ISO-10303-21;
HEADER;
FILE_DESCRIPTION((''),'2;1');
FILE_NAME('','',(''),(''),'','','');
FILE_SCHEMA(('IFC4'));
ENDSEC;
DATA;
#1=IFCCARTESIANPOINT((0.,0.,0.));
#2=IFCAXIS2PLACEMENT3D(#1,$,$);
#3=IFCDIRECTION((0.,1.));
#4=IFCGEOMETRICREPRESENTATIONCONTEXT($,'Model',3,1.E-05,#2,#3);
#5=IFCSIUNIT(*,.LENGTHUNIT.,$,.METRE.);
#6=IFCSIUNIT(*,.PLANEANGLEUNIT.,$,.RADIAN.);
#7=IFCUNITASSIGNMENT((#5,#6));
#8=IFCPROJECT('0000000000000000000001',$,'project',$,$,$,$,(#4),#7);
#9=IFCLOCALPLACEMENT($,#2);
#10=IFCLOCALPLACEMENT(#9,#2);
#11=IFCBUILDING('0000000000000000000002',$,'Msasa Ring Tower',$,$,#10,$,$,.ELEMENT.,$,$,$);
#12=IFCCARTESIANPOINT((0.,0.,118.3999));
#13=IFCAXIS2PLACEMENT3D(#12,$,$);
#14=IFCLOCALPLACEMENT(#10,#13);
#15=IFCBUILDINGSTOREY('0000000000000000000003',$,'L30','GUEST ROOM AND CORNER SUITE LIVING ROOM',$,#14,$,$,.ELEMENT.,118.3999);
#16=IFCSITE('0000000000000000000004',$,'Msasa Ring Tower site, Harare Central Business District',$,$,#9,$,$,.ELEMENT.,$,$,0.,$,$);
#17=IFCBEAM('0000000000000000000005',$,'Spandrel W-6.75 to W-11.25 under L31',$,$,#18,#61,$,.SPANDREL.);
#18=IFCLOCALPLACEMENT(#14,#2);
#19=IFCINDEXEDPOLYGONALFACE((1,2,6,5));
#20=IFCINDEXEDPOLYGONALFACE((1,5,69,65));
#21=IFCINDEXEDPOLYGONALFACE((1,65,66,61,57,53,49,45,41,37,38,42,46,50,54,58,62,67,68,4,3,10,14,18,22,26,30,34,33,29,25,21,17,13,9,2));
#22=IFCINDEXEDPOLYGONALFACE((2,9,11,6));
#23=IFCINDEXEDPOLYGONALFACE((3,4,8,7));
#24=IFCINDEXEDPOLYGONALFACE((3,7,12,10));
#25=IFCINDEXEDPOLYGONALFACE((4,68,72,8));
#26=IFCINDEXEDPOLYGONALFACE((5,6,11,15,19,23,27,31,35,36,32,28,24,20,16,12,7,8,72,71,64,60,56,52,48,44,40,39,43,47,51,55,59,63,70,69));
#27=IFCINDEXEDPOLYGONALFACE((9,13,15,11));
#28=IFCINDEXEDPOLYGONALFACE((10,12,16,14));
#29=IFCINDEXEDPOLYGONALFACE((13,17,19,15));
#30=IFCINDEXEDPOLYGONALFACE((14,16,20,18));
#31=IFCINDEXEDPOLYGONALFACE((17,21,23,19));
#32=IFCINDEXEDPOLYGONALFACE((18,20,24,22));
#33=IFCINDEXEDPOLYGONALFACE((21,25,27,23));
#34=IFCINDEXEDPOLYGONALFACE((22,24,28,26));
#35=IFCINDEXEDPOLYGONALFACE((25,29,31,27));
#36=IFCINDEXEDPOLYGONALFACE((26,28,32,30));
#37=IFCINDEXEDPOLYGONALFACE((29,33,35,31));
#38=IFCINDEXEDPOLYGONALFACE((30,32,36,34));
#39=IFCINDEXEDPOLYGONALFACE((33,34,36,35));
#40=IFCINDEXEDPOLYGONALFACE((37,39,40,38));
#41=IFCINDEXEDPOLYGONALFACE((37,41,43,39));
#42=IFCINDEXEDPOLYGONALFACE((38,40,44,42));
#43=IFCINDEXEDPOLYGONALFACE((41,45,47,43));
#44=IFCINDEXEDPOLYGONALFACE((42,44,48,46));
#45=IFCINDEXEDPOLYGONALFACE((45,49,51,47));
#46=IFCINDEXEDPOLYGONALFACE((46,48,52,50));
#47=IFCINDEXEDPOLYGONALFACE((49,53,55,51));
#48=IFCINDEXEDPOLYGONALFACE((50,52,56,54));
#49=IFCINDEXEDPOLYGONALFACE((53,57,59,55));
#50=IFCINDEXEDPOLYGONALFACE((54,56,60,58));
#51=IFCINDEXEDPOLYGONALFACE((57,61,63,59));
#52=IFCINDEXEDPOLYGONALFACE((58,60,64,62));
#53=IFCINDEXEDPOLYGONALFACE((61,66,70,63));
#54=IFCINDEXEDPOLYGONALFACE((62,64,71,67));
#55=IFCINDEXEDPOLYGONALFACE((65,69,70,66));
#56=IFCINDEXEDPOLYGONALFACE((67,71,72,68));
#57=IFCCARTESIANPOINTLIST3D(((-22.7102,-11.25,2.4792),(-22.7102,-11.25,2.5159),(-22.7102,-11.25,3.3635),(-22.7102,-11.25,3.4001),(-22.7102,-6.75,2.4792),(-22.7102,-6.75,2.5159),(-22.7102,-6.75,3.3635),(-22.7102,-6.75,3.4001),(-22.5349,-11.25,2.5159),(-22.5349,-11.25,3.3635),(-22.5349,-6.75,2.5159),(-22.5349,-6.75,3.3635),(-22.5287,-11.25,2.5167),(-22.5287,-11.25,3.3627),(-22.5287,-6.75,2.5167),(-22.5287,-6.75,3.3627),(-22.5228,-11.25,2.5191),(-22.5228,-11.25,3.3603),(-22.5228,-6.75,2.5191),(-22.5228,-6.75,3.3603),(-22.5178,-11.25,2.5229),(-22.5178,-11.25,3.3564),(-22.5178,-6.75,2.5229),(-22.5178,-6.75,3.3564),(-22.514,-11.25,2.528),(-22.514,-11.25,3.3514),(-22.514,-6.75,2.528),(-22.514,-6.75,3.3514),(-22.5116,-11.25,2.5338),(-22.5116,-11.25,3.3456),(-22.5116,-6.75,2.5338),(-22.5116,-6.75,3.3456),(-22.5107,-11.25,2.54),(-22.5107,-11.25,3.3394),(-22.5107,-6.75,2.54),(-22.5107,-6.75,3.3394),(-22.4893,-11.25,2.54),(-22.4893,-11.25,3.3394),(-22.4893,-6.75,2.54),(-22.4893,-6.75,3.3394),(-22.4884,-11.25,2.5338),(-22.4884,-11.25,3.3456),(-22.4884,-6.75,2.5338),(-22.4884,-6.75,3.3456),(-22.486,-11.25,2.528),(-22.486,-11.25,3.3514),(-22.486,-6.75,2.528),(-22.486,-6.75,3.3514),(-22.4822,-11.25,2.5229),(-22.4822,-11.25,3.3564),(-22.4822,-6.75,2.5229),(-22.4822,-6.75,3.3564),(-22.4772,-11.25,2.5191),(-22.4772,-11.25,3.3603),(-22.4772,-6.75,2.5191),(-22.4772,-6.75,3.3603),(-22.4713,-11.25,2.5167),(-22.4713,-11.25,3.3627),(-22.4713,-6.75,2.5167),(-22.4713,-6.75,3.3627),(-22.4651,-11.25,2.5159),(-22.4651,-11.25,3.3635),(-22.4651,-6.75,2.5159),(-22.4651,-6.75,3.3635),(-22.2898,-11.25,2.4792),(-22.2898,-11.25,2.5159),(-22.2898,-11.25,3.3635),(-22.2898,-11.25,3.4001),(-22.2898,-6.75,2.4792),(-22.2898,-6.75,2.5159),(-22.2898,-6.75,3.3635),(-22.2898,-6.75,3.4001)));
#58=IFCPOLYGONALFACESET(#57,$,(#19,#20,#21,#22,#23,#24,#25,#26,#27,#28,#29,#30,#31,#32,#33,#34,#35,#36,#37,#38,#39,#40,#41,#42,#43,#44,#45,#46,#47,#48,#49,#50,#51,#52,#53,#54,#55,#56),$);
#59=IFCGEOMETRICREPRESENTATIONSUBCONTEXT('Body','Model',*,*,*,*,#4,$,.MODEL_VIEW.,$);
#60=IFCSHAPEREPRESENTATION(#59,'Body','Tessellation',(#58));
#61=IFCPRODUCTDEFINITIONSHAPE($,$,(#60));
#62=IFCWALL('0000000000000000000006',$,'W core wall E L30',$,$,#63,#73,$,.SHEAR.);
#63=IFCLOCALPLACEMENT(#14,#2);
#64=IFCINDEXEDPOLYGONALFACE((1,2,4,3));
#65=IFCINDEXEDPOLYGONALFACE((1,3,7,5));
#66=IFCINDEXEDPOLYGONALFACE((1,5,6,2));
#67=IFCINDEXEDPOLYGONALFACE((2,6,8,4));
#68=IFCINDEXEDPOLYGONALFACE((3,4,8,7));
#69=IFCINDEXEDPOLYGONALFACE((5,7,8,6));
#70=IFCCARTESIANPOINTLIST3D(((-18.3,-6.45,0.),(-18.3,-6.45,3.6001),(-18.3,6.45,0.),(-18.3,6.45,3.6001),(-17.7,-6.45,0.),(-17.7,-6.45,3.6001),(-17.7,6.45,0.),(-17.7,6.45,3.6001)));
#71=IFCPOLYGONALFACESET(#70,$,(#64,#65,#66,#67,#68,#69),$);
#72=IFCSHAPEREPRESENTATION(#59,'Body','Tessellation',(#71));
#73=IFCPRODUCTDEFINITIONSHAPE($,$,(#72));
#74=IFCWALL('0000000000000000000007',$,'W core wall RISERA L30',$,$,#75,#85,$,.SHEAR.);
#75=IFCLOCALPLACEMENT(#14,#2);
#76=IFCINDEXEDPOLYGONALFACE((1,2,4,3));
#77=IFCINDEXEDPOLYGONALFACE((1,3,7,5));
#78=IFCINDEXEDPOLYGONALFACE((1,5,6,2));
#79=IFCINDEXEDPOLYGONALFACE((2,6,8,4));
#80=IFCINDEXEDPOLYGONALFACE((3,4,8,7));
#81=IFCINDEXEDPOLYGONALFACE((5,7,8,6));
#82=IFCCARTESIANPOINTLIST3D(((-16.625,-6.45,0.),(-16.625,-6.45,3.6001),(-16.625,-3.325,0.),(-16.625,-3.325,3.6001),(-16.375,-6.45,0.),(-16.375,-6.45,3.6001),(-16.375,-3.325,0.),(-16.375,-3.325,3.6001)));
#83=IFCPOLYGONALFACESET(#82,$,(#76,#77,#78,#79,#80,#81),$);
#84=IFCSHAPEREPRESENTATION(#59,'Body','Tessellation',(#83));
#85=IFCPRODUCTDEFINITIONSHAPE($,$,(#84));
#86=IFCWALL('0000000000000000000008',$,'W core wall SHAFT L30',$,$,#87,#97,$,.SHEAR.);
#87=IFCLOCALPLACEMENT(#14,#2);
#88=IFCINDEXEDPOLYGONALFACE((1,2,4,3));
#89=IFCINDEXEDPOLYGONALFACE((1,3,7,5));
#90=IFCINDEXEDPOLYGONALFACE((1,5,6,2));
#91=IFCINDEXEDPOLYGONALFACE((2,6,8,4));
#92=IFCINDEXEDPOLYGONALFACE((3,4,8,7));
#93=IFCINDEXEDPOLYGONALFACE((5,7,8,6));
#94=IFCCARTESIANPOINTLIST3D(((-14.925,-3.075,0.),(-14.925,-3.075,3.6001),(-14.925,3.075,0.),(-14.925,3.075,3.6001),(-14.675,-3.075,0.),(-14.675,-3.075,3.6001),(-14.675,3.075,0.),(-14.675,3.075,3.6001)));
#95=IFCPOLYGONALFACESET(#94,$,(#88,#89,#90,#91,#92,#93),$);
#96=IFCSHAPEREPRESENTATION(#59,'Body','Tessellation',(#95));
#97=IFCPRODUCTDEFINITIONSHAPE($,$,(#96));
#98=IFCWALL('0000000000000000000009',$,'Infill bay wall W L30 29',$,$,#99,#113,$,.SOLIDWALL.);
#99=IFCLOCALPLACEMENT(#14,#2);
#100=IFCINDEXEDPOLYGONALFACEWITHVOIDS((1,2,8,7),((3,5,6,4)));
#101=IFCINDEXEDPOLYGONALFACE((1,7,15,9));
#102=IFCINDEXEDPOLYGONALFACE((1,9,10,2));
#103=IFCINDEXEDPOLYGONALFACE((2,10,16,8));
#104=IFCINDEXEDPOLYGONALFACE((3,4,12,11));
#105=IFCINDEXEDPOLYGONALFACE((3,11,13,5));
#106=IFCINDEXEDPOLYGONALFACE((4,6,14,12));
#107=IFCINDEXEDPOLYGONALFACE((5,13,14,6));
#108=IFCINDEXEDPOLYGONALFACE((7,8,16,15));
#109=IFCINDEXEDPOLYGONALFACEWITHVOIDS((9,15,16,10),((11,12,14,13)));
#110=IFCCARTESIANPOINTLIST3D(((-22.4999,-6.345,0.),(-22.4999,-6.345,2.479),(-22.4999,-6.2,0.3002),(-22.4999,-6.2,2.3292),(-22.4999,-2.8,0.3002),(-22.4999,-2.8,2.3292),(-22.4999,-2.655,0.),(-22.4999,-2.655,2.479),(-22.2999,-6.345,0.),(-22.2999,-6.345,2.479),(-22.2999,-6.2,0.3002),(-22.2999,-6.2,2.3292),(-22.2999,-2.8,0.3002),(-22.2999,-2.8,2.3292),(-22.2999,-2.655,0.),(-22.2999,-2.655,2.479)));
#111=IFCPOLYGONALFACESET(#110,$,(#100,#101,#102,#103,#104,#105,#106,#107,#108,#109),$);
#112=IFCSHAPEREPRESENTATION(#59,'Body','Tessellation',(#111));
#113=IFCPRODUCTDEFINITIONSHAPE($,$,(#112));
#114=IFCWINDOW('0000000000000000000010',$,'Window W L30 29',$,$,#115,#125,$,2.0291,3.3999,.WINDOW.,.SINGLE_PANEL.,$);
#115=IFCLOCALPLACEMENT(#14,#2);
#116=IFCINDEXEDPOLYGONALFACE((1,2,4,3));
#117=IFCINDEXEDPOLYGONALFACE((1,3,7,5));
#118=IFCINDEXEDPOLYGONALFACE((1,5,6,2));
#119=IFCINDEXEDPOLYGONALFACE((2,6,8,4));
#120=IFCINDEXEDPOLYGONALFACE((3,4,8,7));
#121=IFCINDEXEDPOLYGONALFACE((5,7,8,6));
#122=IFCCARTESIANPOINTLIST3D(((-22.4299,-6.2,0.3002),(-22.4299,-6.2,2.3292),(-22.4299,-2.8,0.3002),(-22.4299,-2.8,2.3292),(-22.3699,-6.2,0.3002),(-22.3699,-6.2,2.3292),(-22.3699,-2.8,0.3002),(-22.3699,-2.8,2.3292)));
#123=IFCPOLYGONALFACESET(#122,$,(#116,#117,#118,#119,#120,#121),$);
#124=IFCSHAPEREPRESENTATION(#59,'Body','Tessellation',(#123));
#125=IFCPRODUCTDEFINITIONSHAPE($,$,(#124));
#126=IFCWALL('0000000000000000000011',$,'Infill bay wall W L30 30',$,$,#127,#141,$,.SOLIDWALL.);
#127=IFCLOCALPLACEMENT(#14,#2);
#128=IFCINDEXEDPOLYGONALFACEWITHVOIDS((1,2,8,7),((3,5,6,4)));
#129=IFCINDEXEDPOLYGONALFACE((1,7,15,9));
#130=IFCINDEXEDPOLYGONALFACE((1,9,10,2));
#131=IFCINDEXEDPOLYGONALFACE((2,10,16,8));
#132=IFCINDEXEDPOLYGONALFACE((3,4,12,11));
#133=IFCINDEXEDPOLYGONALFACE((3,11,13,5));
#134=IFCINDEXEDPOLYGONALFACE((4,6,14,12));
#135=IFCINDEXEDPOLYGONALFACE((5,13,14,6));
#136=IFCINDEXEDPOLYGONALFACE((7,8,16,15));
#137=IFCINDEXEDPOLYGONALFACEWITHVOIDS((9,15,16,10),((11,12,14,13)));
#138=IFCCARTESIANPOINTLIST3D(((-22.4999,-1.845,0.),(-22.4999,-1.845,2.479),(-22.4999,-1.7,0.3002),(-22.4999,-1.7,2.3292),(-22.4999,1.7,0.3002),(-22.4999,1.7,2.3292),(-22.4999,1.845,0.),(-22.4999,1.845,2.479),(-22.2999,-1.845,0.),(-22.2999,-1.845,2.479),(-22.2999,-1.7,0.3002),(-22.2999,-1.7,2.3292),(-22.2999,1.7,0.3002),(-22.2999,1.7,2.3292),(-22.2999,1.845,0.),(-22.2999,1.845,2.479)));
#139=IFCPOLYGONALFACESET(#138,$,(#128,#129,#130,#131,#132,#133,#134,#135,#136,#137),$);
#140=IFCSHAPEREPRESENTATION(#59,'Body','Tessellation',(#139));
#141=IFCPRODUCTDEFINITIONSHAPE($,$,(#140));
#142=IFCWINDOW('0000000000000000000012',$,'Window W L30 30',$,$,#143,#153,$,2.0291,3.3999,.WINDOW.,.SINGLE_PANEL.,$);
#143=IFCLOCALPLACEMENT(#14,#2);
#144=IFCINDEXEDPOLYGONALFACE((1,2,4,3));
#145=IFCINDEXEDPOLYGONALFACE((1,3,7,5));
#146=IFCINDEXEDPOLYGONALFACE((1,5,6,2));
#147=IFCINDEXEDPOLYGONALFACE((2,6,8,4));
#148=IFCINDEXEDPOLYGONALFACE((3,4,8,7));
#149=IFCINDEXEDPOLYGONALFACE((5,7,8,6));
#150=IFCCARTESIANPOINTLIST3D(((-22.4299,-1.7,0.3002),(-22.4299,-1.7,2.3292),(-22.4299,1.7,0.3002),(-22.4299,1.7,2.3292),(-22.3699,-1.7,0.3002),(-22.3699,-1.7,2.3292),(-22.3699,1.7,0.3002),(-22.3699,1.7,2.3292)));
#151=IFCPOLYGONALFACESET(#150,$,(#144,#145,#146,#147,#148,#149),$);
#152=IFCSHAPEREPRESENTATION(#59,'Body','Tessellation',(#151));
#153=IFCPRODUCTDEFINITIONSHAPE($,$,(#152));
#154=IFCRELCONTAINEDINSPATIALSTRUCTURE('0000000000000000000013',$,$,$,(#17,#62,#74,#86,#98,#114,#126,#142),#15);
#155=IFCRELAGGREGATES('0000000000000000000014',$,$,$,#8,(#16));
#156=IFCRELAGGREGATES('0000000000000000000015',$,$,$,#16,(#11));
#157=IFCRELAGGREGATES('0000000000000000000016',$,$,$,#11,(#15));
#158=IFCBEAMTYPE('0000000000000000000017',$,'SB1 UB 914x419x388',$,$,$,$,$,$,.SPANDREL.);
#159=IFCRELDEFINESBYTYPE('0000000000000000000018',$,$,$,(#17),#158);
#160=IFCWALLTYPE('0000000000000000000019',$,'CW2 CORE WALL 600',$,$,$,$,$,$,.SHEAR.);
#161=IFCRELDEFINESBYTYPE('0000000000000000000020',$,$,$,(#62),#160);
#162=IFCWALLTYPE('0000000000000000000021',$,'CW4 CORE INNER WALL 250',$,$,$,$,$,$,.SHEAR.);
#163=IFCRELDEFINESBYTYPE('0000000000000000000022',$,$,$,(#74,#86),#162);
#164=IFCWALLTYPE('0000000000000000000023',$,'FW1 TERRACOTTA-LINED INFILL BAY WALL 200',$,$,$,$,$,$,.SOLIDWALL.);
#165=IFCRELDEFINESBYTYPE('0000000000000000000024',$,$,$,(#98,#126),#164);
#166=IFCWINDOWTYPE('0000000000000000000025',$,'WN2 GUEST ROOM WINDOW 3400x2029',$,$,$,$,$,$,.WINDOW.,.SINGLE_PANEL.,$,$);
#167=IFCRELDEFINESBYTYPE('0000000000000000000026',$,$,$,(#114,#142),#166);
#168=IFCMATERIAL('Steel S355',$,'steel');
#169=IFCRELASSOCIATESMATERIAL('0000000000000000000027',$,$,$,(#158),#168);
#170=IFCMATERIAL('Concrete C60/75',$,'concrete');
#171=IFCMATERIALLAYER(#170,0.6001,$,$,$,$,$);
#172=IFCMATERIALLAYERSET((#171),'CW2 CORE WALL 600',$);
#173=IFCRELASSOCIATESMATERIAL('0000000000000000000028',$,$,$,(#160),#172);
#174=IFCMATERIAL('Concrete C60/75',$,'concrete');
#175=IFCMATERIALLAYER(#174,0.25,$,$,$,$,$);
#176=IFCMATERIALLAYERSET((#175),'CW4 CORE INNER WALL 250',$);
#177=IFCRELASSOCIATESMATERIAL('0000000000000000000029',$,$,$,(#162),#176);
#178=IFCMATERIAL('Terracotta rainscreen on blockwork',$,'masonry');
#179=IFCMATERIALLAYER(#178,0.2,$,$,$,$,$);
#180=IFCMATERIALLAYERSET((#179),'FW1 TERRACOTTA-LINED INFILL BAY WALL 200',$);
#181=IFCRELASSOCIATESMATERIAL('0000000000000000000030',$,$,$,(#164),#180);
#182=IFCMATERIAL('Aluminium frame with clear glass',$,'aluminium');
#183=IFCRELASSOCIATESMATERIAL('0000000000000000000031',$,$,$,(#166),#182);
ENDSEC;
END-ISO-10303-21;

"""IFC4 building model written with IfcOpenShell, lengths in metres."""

from ifc_helpers import new_model, si_unit, direction, frame, frame_2d, origin, origin_2d, place, context, subcontext, project, spatial, rectangle, i_section, extrude, material, layer, layer_set, material_profile, profile_set, type_object, element, fill, save


model = new_model("IFC4")

# Units and contexts
model_context = context("Model", 3, precision=1e-05, world=origin(), true_north=direction((0.0, 1.0)))
body_context = subcontext(model_context, "Body", "Model", "MODEL_VIEW")
ifc_project = project(units=[si_unit("LENGTHUNIT", "METRE"), si_unit("PLANEANGLEUNIT", "RADIAN")], contexts=[model_context])

# Site, building, storey
site_placement = place(None, origin())
site = spatial("IfcSite", under=ifc_project, at=site_placement, Name="Msasa Ring Tower site, Harare Central Business District", CompositionType="ELEMENT", RefElevation=0.0)
building_placement = place(site_placement, origin())
building = spatial("IfcBuilding", under=site, at=building_placement, Name="Msasa Ring Tower", CompositionType="ELEMENT")
storey_placement = place(building_placement, frame((0.0, 0.0, 118.3999)))
storey = spatial("IfcBuildingStorey", under=building, at=storey_placement, Name="L30", Description="GUEST ROOM AND CORNER SUITE LIVING ROOM", CompositionType="ELEMENT", Elevation=118.3999)

# Beam
ifc_material_1 = material(Name="Steel S355", Category="steel")
ifc_material_profile_1 = material_profile(ifc_material_1, i_section(OverallWidth=0.4204, OverallDepth=0.9209, WebThickness=0.0215, FlangeThickness=0.0366, FilletRadius=0.0242, at=origin_2d()), Name="UB 914x419x388")
ifc_profile_set_1 = profile_set([ifc_material_profile_1], Name="Steel S355")
beam_type_1 = type_object("IfcBeamType", Name="SB1 UB 914x419x388", PredefinedType="SPANDREL", material=ifc_profile_set_1)
for number, where, z_axis, x_axis, name in (
    (1, (-22.5, -6.75, 2.9397), (0.0, -1.0, 0.0), (1.0, 0.0, 0.0), "Spandrel W-6.75 to W-11.25 under L31"),
):
    element("IfcBeam", number, at=place(storey_placement, frame(where, z_axis=z_axis, x_axis=x_axis)), inside=storey, type_object=beam_type_1, Name=name, PredefinedType="SPANDREL", context=body_context, shape_type="SweptSolid", body=[
        extrude(i_section(OverallWidth=0.4204, OverallDepth=0.9209, WebThickness=0.0215, FlangeThickness=0.0366, FilletRadius=0.0242, at=origin_2d()), origin(), (0.0, 0.0, 1.0), 4.5),
    ])

# Walls
ifc_material_2 = material(Name="Concrete C60/75", Category="concrete")
ifc_layer_1 = layer(ifc_material_2, 0.6001)
ifc_layer_set_1 = layer_set([ifc_layer_1], Name="CW2 CORE WALL 600")
wall_type_1 = type_object("IfcWallType", Name="CW2 CORE WALL 600", PredefinedType="SHEAR", material=ifc_layer_set_1)
wall_1_placement = place(storey_placement, frame((-18.0, -6.45, 0.0), z_axis=(0.0, 0.0, 1.0), x_axis=(0.0, 1.0, 0.0)))
element("IfcWall", 2, at=wall_1_placement, inside=storey, type_object=wall_type_1, Name="W core wall E L30", PredefinedType="SHEAR", context=body_context, shape_type="SweptSolid", body=[
    extrude(rectangle(XDim=12.8999, YDim=0.6001, at=frame_2d((6.45, 0.0))), origin(), (0.0, 0.0, 1.0), 3.6001),
])
ifc_material_3 = material(Name="Concrete C60/75", Category="concrete")
ifc_layer_2 = layer(ifc_material_3, 0.25)
ifc_layer_set_2 = layer_set([ifc_layer_2], Name="CW4 CORE INNER WALL 250")
wall_type_2 = type_object("IfcWallType", Name="CW4 CORE INNER WALL 250", PredefinedType="SHEAR", material=ifc_layer_set_2)
wall_2_placement = place(storey_placement, frame((-16.5, -6.45, 0.0), z_axis=(0.0, 0.0, 1.0), x_axis=(0.0, 1.0, 0.0)))
element("IfcWall", 3, at=wall_2_placement, inside=storey, type_object=wall_type_2, Name="W core wall RISERA L30", PredefinedType="SHEAR", context=body_context, shape_type="SweptSolid", body=[
    extrude(rectangle(XDim=3.125, YDim=0.25, at=frame_2d((1.5625, 0.0))), origin(), (0.0, 0.0, 1.0), 3.6001),
])
wall_3_placement = place(storey_placement, frame((-14.8, -3.075, 0.0), z_axis=(0.0, 0.0, 1.0), x_axis=(0.0, 1.0, 0.0)))
element("IfcWall", 4, at=wall_3_placement, inside=storey, type_object=wall_type_2, Name="W core wall SHAFT L30", PredefinedType="SHEAR", context=body_context, shape_type="SweptSolid", body=[
    extrude(rectangle(XDim=6.1499, YDim=0.25, at=frame_2d((3.075, 0.0))), origin(), (0.0, 0.0, 1.0), 3.6001),
])

# Walls, openings, windows
ifc_material_4 = material(Name="Terracotta rainscreen on blockwork", Category="masonry")
ifc_layer_3 = layer(ifc_material_4, 0.2)
ifc_layer_set_3 = layer_set([ifc_layer_3], Name="FW1 TERRACOTTA-LINED INFILL BAY WALL 200")
wall_type_3 = type_object("IfcWallType", Name="FW1 TERRACOTTA-LINED INFILL BAY WALL 200", PredefinedType="SOLIDWALL", material=ifc_layer_set_3)
wall_4_placement = place(storey_placement, frame((-22.3999, -6.345, 0.0), z_axis=(0.0, 0.0, 1.0), x_axis=(0.0, 1.0, 0.0)))
wall_4 = element("IfcWall", 5, at=wall_4_placement, inside=storey, type_object=wall_type_3, Name="Infill bay wall W L30 29", PredefinedType="SOLIDWALL", context=body_context, shape_type="SweptSolid", body=[
    extrude(rectangle(XDim=3.6899, YDim=0.2, at=frame_2d((1.845, 0.0))), origin(), (0.0, 0.0, 1.0), 2.479),
])
opening_1_placement = place(wall_4_placement, frame((0.145, 0.0, 0.3)))
opening_1 = element("IfcOpeningElement", 6, at=opening_1_placement, cuts=wall_4, PredefinedType="OPENING", context=body_context, shape_type="SweptSolid", body=[
    extrude(rectangle(XDim=3.3999, YDim=2.0291, at=frame_2d((1.7, 1.0146))), frame((0.0, 0.1099, 0.0), z_axis=(0.0, -1.0, 0.0), x_axis=(1.0, 0.0, 0.0)), (0.0, 0.0, 1.0), 0.22),
])
ifc_material_5 = material(Name="Aluminium frame with clear glass", Category="aluminium")
window_type = type_object("IfcWindowType", Name="WN2 GUEST ROOM WINDOW 3400x2029", PartitioningType="SINGLE_PANEL", PredefinedType="WINDOW", material=ifc_material_5)
window_1_placement = place(opening_1_placement, origin())
window_1 = element("IfcWindow", 7, at=window_1_placement, inside=storey, type_object=window_type, Name="Window W L30 29", OverallHeight=2.0291, OverallWidth=3.3999, PartitioningType="SINGLE_PANEL", PredefinedType="WINDOW", context=body_context, shape_type="SweptSolid", body=[
    extrude(rectangle(XDim=3.3999, YDim=2.0291, at=frame_2d((1.7, 1.0146))), frame((0.0, 0.03, 0.0), z_axis=(0.0, -1.0, 0.0), x_axis=(1.0, 0.0, 0.0)), (0.0, 0.0, 1.0), 0.0601),
])
fill(opening_1, window_1)
wall_5_placement = place(storey_placement, frame((-22.3999, -1.845, 0.0), z_axis=(0.0, 0.0, 1.0), x_axis=(0.0, 1.0, 0.0)))
wall_5 = element("IfcWall", 8, at=wall_5_placement, inside=storey, type_object=wall_type_3, Name="Infill bay wall W L30 30", PredefinedType="SOLIDWALL", context=body_context, shape_type="SweptSolid", body=[
    extrude(rectangle(XDim=3.6899, YDim=0.2, at=frame_2d((1.845, 0.0))), origin(), (0.0, 0.0, 1.0), 2.479),
])
opening_2_placement = place(wall_5_placement, frame((0.145, 0.0, 0.3)))
opening_2 = element("IfcOpeningElement", 9, at=opening_2_placement, cuts=wall_5, PredefinedType="OPENING", context=body_context, shape_type="SweptSolid", body=[
    extrude(rectangle(XDim=3.3999, YDim=2.0291, at=frame_2d((1.7, 1.0146))), frame((0.0, 0.1099, 0.0), z_axis=(0.0, -1.0, 0.0), x_axis=(1.0, 0.0, 0.0)), (0.0, 0.0, 1.0), 0.22),
])
window_2_placement = place(opening_2_placement, origin())
window_2 = element("IfcWindow", 10, at=window_2_placement, inside=storey, type_object=window_type, Name="Window W L30 30", OverallHeight=2.0291, OverallWidth=3.3999, PartitioningType="SINGLE_PANEL", PredefinedType="WINDOW", context=body_context, shape_type="SweptSolid", body=[
    extrude(rectangle(XDim=3.3999, YDim=2.0291, at=frame_2d((1.7, 1.0146))), frame((0.0, 0.03, 0.0), z_axis=(0.0, -1.0, 0.0), x_axis=(1.0, 0.0, 0.0)), (0.0, 0.0, 1.0), 0.0601),
])
fill(opening_2, window_2)

save(model, "model.ifc")
